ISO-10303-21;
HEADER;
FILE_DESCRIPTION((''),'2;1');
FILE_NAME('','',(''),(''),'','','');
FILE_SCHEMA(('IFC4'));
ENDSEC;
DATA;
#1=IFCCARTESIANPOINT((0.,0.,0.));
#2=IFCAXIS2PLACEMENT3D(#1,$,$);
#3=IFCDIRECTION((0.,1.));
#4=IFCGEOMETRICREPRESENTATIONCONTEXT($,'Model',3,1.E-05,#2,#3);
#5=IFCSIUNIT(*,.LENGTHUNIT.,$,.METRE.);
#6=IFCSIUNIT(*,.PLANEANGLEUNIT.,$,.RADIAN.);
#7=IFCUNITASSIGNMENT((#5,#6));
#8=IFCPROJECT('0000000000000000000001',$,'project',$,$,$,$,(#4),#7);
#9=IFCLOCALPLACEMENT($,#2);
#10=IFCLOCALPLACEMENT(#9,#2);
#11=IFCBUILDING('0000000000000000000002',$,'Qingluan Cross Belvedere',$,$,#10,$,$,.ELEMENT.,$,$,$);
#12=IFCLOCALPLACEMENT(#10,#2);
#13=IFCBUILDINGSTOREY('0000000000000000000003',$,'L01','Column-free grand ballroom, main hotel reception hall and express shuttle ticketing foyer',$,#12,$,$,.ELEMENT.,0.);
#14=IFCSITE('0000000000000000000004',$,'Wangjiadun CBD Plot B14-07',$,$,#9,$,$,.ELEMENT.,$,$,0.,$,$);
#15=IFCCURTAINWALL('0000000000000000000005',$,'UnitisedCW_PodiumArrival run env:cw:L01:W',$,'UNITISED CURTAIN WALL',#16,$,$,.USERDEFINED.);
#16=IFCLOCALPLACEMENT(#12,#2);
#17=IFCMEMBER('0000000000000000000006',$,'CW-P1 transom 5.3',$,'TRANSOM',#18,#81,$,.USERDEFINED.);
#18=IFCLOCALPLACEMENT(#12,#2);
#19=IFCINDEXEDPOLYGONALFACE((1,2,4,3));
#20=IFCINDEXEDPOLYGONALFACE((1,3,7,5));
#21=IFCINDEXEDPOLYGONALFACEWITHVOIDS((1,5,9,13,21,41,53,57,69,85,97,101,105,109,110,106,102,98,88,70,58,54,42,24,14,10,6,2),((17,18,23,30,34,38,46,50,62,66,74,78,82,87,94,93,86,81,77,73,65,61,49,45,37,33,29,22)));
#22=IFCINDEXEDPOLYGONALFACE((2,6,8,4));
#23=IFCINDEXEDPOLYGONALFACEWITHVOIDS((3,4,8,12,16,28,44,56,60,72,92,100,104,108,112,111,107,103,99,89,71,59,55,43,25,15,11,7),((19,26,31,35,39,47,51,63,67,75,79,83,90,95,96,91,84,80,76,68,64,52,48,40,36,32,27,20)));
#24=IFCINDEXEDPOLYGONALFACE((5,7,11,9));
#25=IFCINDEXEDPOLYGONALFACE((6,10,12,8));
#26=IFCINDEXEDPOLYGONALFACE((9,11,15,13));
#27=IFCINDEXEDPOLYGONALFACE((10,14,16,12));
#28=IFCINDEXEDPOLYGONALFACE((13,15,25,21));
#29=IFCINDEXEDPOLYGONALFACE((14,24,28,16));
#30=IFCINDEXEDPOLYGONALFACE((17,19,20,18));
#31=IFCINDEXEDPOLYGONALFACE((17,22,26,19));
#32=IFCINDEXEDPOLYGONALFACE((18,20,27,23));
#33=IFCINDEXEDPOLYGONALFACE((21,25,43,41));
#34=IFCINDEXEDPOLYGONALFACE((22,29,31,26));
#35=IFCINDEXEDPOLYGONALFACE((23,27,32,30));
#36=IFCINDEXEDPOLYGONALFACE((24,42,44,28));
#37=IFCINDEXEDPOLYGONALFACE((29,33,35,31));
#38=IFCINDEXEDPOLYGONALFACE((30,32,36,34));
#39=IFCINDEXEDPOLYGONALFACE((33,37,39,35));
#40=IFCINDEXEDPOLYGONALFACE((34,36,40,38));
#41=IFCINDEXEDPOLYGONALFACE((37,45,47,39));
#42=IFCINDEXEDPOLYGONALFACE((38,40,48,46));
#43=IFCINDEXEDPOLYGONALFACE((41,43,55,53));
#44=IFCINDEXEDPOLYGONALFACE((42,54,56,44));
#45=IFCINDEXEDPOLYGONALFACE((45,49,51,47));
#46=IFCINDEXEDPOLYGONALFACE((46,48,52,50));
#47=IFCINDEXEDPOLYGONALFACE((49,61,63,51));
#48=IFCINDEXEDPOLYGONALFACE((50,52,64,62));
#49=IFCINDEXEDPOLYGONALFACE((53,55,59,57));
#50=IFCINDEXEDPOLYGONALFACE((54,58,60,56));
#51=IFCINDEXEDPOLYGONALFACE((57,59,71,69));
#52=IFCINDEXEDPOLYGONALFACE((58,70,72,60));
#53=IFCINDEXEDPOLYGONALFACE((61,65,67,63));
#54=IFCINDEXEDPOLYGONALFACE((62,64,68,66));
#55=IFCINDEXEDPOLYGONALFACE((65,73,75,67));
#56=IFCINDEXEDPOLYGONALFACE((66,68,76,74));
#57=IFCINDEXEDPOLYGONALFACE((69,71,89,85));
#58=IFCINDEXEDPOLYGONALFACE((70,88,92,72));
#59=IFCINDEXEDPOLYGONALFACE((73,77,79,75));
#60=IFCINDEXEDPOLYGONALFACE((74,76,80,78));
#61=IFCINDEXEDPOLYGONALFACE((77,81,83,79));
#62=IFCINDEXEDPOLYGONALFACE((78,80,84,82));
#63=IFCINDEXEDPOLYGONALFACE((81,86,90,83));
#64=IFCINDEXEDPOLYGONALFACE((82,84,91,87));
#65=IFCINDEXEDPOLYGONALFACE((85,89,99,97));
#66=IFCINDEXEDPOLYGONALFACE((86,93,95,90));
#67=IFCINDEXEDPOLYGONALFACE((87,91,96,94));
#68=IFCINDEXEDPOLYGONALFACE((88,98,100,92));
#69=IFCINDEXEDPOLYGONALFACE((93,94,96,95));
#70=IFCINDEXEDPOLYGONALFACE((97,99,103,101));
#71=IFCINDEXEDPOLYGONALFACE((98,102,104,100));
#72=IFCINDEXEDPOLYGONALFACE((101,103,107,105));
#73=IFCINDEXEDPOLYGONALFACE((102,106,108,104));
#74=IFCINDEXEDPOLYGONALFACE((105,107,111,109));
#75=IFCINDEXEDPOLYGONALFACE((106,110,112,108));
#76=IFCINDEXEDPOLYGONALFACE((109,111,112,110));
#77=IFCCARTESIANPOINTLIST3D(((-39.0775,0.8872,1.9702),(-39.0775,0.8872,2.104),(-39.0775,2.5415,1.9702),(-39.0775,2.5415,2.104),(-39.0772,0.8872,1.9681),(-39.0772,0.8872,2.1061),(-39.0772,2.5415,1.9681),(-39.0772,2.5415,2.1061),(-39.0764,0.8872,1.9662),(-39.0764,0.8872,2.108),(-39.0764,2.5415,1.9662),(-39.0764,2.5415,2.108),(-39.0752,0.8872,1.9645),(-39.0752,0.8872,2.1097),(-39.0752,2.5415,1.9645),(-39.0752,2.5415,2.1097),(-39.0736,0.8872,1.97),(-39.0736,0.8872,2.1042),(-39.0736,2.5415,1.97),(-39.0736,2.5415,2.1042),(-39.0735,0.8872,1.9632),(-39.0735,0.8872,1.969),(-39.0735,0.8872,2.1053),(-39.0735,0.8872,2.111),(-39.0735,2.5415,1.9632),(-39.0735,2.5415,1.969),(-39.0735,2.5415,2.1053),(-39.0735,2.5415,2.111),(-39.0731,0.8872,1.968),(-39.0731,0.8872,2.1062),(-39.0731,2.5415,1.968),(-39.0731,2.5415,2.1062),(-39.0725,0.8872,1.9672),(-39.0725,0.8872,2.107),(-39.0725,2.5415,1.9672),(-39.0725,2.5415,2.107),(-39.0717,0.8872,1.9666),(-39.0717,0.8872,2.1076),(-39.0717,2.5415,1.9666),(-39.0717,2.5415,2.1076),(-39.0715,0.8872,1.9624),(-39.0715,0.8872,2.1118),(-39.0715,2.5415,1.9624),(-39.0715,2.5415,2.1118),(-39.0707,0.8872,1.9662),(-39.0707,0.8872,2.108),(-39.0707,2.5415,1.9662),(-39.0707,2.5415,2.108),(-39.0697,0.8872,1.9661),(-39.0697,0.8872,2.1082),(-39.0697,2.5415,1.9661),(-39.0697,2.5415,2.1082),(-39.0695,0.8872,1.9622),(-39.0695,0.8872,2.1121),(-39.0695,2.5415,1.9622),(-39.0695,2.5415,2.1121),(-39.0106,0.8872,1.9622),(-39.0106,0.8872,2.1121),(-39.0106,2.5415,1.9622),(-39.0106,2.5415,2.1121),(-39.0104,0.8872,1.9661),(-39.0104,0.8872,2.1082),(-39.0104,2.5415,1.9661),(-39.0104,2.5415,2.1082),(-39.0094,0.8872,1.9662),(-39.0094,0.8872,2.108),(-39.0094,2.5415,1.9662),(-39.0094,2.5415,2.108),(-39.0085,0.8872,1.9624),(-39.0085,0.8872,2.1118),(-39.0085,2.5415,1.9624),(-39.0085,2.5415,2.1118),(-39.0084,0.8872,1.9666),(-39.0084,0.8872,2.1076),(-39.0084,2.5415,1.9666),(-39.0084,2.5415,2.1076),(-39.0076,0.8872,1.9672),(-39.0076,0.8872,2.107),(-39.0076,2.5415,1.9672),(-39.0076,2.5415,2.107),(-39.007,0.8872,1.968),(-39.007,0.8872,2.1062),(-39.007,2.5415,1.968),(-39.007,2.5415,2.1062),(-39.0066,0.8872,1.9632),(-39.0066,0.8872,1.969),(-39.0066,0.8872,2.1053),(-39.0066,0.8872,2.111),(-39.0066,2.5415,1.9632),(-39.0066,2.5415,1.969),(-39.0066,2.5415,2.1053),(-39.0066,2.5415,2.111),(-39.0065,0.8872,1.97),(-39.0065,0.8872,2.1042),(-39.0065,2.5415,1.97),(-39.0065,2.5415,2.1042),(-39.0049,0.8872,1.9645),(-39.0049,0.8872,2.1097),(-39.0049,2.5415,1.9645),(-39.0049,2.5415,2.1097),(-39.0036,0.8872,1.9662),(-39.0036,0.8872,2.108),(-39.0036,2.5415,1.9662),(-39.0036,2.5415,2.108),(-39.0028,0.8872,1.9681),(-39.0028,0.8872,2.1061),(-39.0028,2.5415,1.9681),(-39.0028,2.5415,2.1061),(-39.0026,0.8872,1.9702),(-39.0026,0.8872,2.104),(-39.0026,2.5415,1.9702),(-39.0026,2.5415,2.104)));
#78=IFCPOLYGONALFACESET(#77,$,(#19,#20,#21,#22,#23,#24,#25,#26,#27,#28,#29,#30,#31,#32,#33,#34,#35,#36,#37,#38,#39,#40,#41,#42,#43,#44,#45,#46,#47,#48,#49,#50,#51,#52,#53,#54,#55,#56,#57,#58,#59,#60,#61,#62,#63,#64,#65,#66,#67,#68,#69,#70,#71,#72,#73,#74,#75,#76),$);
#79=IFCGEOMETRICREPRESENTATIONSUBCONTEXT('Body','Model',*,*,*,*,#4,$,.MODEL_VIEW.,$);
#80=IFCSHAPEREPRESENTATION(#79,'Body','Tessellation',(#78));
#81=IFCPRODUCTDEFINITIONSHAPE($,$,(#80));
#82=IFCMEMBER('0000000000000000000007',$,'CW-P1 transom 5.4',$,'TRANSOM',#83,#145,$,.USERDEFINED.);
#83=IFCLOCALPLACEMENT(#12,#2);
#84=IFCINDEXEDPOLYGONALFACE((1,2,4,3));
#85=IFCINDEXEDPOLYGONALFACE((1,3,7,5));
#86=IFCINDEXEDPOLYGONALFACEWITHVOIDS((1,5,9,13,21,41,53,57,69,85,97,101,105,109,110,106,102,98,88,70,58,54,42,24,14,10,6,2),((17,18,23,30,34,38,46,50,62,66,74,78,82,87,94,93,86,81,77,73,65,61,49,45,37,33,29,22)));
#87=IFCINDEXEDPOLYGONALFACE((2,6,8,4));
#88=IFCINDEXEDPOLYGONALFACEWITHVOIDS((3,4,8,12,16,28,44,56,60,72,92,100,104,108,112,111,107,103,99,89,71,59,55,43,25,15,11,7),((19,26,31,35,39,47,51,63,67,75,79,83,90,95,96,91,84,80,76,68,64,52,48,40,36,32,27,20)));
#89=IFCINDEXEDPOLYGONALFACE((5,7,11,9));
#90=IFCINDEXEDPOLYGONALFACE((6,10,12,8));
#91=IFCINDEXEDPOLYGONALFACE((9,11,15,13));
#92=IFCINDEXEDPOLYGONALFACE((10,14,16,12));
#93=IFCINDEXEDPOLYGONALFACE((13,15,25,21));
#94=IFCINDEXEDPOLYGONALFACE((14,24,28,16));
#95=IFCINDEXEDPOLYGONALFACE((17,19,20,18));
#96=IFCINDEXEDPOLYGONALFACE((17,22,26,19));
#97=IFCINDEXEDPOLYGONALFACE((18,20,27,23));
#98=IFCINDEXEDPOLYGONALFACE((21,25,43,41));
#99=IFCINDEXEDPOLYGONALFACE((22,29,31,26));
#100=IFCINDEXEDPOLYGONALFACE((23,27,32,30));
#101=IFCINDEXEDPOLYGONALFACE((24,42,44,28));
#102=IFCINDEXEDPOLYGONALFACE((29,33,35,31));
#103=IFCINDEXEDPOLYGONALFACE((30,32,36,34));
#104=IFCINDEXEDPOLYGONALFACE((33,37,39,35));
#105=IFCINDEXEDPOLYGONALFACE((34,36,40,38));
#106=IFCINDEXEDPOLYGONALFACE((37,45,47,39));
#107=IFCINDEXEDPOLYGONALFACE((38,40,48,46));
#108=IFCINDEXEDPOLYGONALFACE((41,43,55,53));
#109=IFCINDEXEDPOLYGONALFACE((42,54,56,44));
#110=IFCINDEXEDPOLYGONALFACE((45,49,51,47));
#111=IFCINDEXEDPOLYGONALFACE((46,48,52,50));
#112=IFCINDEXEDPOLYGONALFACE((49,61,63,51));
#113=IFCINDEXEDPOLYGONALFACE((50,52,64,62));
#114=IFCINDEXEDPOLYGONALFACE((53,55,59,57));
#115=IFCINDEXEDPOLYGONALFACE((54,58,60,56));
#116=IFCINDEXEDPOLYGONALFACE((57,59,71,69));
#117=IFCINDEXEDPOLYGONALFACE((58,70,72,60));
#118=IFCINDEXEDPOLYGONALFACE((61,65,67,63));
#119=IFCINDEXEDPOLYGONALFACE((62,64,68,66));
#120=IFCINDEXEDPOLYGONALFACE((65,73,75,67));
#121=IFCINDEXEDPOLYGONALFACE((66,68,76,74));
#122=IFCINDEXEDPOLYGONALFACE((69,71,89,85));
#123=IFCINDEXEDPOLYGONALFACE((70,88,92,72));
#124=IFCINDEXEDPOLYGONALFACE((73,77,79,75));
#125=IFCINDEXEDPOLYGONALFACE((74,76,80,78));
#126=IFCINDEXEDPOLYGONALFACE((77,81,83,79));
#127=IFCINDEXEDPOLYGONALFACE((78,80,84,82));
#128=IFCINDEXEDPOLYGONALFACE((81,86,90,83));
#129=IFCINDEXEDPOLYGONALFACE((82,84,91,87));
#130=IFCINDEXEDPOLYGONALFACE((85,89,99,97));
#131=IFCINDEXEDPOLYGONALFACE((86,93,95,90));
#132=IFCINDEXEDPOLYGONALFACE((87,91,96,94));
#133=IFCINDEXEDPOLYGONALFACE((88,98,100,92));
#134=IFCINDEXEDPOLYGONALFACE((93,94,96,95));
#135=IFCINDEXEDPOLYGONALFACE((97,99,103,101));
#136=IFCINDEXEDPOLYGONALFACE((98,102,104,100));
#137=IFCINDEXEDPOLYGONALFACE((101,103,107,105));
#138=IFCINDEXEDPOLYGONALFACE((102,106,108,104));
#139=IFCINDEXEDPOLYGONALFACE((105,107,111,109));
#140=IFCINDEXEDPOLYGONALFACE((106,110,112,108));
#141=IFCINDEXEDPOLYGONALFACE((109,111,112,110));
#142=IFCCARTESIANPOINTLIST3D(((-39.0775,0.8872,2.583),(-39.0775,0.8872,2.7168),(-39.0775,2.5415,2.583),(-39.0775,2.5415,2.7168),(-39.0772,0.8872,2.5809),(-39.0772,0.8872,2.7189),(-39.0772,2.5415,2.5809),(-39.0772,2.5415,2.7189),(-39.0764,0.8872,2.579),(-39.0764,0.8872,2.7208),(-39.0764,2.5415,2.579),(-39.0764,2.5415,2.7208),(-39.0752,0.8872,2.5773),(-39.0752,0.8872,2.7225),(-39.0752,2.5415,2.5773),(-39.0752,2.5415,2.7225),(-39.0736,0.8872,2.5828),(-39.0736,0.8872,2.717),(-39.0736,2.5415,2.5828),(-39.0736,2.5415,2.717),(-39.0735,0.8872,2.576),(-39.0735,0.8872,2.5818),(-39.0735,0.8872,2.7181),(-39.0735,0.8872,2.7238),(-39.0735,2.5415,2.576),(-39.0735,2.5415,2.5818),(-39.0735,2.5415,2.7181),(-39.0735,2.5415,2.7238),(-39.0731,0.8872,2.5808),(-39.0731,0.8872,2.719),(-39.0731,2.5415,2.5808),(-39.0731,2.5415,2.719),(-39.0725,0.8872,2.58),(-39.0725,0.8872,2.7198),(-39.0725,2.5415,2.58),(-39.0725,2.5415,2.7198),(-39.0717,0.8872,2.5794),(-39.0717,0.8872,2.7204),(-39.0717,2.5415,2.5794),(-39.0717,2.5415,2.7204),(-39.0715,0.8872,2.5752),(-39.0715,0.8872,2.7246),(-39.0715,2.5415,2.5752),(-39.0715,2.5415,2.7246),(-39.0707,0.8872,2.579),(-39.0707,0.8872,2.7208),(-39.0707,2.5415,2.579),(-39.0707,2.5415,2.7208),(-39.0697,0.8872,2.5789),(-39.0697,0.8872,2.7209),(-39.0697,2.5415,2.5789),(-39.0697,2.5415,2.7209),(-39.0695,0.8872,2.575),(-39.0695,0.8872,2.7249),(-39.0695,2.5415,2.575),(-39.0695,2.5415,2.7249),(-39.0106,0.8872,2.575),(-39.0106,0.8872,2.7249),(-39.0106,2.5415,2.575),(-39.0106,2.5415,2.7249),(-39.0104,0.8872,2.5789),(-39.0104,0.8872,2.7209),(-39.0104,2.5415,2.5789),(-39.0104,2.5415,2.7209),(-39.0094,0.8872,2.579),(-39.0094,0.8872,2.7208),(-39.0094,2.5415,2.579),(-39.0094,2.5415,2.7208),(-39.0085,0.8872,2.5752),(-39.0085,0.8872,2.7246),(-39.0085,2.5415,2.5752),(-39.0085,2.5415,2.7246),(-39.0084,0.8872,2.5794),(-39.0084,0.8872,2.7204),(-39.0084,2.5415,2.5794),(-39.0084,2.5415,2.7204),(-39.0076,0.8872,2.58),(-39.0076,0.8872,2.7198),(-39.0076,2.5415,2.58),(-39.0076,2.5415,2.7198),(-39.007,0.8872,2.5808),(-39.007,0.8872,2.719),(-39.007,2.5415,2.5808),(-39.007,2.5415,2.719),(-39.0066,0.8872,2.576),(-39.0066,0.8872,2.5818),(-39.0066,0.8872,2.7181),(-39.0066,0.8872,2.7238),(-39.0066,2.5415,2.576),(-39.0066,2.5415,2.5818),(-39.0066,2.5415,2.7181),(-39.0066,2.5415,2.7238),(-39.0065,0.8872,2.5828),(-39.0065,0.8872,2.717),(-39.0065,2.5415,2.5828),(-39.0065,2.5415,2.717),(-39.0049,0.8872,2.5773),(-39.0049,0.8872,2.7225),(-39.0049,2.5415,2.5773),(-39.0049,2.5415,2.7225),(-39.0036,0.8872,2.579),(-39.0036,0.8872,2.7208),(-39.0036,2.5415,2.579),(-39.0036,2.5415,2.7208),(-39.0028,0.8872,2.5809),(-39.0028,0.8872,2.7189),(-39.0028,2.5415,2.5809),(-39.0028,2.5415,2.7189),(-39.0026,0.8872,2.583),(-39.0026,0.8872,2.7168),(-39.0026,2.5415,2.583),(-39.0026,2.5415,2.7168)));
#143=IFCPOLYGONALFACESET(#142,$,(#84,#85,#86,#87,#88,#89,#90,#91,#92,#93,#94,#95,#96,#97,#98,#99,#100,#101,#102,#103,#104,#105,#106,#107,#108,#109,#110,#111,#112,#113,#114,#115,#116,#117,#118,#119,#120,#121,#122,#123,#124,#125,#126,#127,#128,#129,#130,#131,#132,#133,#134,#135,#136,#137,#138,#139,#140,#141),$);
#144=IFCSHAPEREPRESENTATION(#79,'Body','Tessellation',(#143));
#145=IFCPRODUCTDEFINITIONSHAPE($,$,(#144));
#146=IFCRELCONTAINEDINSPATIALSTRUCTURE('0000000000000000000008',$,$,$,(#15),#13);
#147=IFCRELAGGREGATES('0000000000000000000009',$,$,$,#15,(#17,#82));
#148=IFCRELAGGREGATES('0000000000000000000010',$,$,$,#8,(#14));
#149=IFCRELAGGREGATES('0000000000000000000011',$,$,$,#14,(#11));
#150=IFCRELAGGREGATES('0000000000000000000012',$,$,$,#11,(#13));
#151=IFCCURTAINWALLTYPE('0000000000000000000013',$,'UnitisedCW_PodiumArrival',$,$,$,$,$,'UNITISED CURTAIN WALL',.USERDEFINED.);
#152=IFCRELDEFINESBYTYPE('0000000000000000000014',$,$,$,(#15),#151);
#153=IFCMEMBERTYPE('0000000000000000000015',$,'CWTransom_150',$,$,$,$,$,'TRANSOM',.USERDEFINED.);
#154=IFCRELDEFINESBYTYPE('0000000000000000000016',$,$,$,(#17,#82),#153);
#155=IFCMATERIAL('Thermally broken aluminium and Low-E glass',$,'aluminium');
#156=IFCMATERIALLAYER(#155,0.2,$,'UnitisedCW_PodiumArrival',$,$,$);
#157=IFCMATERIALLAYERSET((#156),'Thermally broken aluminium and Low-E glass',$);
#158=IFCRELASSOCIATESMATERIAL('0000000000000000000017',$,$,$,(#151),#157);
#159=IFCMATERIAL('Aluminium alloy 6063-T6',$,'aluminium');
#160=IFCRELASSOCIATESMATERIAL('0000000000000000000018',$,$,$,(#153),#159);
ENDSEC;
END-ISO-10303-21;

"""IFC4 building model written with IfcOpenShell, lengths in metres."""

from ifc_helpers import new_model, si_unit, direction, frame, origin, origin_2d, place, context, subcontext, project, spatial, hollow_rectangle, extrude, material, layer, layer_set, material_profile, profile_set, type_object, element, aggregate, save


model = new_model("IFC4")

# Units and contexts
model_context = context("Model", 3, precision=1e-05, world=origin(), true_north=direction((0.0, 1.0)))
body_context = subcontext(model_context, "Body", "Model", "MODEL_VIEW")
ifc_project = project(units=[si_unit("LENGTHUNIT", "METRE"), si_unit("PLANEANGLEUNIT", "RADIAN")], contexts=[model_context])

# Site, building, storey
site_placement = place(None, origin())
site = spatial("IfcSite", under=ifc_project, at=site_placement, Name="Wangjiadun CBD Plot B14-07", CompositionType="ELEMENT", RefElevation=0.0)
building_placement = place(site_placement, origin())
building = spatial("IfcBuilding", under=site, at=building_placement, Name="Qingluan Cross Belvedere", CompositionType="ELEMENT")
storey_placement = place(building_placement, origin())
storey = spatial("IfcBuildingStorey", under=building, at=storey_placement, Name="L01", Description="Column-free grand ballroom, main hotel reception hall and express shuttle ticketing foyer", CompositionType="ELEMENT", Elevation=0.0)

# Curtain wall, members
ifc_material_1 = material(Name="Thermally broken aluminium and Low-E glass", Category="aluminium")
ifc_layer_1 = layer(ifc_material_1, 0.2, Name="UnitisedCW_PodiumArrival")
ifc_layer_set_1 = layer_set([ifc_layer_1], Name="Thermally broken aluminium and Low-E glass")
curtain_wall_type = type_object("IfcCurtainWallType", Name="UnitisedCW_PodiumArrival", ElementType="UNITISED CURTAIN WALL", PredefinedType="USERDEFINED", material=ifc_layer_set_1)
curtain_wall_placement = place(storey_placement, origin())
curtain_wall = element("IfcCurtainWall", 1, at=curtain_wall_placement, inside=storey, type_object=curtain_wall_type, Name="UnitisedCW_PodiumArrival run env:cw:L01:W", ObjectType="UNITISED CURTAIN WALL", PredefinedType="USERDEFINED")
ifc_material_2 = material(Name="Aluminium alloy 6063-T6", Category="aluminium")
ifc_material_profile_1 = material_profile(ifc_material_2, hollow_rectangle(XDim=0.075, YDim=0.1499, WallThickness=0.0039, InnerFilletRadius=0.0039, OuterFilletRadius=0.0081, at=origin_2d()), Name="CWT150x75x4")
ifc_profile_set_1 = profile_set([ifc_material_profile_1], Name="Aluminium alloy 6063-T6")
member_type_1 = type_object("IfcMemberType", Name="CWTransom_150", ElementType="TRANSOM", PredefinedType="USERDEFINED", material=ifc_profile_set_1)
member_1_placement = place(storey_placement, frame((-39.04, 0.8872, 2.0371), z_axis=(0.0, 1.0, 0.0), x_axis=(-1.0, 0.0, 0.0)))
member_1 = element("IfcMember", 2, at=member_1_placement, type_object=member_type_1, Name="CW-P1 transom 5.3", ObjectType="TRANSOM", PredefinedType="USERDEFINED", context=body_context, shape_type="SweptSolid", body=[
    extrude(hollow_rectangle(XDim=0.075, YDim=0.1499, WallThickness=0.0039, InnerFilletRadius=0.0039, OuterFilletRadius=0.0081, at=origin_2d()), origin(), (0.0, 0.0, 1.0), 1.6543),
])
member_2_placement = place(storey_placement, frame((-39.04, 0.8872, 2.6499), z_axis=(0.0, 1.0, 0.0), x_axis=(-1.0, 0.0, 0.0)))
member_2 = element("IfcMember", 3, at=member_2_placement, type_object=member_type_1, Name="CW-P1 transom 5.4", ObjectType="TRANSOM", PredefinedType="USERDEFINED", context=body_context, shape_type="SweptSolid", body=[
    extrude(hollow_rectangle(XDim=0.075, YDim=0.1499, WallThickness=0.0039, InnerFilletRadius=0.0039, OuterFilletRadius=0.0081, at=origin_2d()), origin(), (0.0, 0.0, 1.0), 1.6543),
])

aggregate(curtain_wall, [member_1, member_2])

save(model, "model.ifc")
